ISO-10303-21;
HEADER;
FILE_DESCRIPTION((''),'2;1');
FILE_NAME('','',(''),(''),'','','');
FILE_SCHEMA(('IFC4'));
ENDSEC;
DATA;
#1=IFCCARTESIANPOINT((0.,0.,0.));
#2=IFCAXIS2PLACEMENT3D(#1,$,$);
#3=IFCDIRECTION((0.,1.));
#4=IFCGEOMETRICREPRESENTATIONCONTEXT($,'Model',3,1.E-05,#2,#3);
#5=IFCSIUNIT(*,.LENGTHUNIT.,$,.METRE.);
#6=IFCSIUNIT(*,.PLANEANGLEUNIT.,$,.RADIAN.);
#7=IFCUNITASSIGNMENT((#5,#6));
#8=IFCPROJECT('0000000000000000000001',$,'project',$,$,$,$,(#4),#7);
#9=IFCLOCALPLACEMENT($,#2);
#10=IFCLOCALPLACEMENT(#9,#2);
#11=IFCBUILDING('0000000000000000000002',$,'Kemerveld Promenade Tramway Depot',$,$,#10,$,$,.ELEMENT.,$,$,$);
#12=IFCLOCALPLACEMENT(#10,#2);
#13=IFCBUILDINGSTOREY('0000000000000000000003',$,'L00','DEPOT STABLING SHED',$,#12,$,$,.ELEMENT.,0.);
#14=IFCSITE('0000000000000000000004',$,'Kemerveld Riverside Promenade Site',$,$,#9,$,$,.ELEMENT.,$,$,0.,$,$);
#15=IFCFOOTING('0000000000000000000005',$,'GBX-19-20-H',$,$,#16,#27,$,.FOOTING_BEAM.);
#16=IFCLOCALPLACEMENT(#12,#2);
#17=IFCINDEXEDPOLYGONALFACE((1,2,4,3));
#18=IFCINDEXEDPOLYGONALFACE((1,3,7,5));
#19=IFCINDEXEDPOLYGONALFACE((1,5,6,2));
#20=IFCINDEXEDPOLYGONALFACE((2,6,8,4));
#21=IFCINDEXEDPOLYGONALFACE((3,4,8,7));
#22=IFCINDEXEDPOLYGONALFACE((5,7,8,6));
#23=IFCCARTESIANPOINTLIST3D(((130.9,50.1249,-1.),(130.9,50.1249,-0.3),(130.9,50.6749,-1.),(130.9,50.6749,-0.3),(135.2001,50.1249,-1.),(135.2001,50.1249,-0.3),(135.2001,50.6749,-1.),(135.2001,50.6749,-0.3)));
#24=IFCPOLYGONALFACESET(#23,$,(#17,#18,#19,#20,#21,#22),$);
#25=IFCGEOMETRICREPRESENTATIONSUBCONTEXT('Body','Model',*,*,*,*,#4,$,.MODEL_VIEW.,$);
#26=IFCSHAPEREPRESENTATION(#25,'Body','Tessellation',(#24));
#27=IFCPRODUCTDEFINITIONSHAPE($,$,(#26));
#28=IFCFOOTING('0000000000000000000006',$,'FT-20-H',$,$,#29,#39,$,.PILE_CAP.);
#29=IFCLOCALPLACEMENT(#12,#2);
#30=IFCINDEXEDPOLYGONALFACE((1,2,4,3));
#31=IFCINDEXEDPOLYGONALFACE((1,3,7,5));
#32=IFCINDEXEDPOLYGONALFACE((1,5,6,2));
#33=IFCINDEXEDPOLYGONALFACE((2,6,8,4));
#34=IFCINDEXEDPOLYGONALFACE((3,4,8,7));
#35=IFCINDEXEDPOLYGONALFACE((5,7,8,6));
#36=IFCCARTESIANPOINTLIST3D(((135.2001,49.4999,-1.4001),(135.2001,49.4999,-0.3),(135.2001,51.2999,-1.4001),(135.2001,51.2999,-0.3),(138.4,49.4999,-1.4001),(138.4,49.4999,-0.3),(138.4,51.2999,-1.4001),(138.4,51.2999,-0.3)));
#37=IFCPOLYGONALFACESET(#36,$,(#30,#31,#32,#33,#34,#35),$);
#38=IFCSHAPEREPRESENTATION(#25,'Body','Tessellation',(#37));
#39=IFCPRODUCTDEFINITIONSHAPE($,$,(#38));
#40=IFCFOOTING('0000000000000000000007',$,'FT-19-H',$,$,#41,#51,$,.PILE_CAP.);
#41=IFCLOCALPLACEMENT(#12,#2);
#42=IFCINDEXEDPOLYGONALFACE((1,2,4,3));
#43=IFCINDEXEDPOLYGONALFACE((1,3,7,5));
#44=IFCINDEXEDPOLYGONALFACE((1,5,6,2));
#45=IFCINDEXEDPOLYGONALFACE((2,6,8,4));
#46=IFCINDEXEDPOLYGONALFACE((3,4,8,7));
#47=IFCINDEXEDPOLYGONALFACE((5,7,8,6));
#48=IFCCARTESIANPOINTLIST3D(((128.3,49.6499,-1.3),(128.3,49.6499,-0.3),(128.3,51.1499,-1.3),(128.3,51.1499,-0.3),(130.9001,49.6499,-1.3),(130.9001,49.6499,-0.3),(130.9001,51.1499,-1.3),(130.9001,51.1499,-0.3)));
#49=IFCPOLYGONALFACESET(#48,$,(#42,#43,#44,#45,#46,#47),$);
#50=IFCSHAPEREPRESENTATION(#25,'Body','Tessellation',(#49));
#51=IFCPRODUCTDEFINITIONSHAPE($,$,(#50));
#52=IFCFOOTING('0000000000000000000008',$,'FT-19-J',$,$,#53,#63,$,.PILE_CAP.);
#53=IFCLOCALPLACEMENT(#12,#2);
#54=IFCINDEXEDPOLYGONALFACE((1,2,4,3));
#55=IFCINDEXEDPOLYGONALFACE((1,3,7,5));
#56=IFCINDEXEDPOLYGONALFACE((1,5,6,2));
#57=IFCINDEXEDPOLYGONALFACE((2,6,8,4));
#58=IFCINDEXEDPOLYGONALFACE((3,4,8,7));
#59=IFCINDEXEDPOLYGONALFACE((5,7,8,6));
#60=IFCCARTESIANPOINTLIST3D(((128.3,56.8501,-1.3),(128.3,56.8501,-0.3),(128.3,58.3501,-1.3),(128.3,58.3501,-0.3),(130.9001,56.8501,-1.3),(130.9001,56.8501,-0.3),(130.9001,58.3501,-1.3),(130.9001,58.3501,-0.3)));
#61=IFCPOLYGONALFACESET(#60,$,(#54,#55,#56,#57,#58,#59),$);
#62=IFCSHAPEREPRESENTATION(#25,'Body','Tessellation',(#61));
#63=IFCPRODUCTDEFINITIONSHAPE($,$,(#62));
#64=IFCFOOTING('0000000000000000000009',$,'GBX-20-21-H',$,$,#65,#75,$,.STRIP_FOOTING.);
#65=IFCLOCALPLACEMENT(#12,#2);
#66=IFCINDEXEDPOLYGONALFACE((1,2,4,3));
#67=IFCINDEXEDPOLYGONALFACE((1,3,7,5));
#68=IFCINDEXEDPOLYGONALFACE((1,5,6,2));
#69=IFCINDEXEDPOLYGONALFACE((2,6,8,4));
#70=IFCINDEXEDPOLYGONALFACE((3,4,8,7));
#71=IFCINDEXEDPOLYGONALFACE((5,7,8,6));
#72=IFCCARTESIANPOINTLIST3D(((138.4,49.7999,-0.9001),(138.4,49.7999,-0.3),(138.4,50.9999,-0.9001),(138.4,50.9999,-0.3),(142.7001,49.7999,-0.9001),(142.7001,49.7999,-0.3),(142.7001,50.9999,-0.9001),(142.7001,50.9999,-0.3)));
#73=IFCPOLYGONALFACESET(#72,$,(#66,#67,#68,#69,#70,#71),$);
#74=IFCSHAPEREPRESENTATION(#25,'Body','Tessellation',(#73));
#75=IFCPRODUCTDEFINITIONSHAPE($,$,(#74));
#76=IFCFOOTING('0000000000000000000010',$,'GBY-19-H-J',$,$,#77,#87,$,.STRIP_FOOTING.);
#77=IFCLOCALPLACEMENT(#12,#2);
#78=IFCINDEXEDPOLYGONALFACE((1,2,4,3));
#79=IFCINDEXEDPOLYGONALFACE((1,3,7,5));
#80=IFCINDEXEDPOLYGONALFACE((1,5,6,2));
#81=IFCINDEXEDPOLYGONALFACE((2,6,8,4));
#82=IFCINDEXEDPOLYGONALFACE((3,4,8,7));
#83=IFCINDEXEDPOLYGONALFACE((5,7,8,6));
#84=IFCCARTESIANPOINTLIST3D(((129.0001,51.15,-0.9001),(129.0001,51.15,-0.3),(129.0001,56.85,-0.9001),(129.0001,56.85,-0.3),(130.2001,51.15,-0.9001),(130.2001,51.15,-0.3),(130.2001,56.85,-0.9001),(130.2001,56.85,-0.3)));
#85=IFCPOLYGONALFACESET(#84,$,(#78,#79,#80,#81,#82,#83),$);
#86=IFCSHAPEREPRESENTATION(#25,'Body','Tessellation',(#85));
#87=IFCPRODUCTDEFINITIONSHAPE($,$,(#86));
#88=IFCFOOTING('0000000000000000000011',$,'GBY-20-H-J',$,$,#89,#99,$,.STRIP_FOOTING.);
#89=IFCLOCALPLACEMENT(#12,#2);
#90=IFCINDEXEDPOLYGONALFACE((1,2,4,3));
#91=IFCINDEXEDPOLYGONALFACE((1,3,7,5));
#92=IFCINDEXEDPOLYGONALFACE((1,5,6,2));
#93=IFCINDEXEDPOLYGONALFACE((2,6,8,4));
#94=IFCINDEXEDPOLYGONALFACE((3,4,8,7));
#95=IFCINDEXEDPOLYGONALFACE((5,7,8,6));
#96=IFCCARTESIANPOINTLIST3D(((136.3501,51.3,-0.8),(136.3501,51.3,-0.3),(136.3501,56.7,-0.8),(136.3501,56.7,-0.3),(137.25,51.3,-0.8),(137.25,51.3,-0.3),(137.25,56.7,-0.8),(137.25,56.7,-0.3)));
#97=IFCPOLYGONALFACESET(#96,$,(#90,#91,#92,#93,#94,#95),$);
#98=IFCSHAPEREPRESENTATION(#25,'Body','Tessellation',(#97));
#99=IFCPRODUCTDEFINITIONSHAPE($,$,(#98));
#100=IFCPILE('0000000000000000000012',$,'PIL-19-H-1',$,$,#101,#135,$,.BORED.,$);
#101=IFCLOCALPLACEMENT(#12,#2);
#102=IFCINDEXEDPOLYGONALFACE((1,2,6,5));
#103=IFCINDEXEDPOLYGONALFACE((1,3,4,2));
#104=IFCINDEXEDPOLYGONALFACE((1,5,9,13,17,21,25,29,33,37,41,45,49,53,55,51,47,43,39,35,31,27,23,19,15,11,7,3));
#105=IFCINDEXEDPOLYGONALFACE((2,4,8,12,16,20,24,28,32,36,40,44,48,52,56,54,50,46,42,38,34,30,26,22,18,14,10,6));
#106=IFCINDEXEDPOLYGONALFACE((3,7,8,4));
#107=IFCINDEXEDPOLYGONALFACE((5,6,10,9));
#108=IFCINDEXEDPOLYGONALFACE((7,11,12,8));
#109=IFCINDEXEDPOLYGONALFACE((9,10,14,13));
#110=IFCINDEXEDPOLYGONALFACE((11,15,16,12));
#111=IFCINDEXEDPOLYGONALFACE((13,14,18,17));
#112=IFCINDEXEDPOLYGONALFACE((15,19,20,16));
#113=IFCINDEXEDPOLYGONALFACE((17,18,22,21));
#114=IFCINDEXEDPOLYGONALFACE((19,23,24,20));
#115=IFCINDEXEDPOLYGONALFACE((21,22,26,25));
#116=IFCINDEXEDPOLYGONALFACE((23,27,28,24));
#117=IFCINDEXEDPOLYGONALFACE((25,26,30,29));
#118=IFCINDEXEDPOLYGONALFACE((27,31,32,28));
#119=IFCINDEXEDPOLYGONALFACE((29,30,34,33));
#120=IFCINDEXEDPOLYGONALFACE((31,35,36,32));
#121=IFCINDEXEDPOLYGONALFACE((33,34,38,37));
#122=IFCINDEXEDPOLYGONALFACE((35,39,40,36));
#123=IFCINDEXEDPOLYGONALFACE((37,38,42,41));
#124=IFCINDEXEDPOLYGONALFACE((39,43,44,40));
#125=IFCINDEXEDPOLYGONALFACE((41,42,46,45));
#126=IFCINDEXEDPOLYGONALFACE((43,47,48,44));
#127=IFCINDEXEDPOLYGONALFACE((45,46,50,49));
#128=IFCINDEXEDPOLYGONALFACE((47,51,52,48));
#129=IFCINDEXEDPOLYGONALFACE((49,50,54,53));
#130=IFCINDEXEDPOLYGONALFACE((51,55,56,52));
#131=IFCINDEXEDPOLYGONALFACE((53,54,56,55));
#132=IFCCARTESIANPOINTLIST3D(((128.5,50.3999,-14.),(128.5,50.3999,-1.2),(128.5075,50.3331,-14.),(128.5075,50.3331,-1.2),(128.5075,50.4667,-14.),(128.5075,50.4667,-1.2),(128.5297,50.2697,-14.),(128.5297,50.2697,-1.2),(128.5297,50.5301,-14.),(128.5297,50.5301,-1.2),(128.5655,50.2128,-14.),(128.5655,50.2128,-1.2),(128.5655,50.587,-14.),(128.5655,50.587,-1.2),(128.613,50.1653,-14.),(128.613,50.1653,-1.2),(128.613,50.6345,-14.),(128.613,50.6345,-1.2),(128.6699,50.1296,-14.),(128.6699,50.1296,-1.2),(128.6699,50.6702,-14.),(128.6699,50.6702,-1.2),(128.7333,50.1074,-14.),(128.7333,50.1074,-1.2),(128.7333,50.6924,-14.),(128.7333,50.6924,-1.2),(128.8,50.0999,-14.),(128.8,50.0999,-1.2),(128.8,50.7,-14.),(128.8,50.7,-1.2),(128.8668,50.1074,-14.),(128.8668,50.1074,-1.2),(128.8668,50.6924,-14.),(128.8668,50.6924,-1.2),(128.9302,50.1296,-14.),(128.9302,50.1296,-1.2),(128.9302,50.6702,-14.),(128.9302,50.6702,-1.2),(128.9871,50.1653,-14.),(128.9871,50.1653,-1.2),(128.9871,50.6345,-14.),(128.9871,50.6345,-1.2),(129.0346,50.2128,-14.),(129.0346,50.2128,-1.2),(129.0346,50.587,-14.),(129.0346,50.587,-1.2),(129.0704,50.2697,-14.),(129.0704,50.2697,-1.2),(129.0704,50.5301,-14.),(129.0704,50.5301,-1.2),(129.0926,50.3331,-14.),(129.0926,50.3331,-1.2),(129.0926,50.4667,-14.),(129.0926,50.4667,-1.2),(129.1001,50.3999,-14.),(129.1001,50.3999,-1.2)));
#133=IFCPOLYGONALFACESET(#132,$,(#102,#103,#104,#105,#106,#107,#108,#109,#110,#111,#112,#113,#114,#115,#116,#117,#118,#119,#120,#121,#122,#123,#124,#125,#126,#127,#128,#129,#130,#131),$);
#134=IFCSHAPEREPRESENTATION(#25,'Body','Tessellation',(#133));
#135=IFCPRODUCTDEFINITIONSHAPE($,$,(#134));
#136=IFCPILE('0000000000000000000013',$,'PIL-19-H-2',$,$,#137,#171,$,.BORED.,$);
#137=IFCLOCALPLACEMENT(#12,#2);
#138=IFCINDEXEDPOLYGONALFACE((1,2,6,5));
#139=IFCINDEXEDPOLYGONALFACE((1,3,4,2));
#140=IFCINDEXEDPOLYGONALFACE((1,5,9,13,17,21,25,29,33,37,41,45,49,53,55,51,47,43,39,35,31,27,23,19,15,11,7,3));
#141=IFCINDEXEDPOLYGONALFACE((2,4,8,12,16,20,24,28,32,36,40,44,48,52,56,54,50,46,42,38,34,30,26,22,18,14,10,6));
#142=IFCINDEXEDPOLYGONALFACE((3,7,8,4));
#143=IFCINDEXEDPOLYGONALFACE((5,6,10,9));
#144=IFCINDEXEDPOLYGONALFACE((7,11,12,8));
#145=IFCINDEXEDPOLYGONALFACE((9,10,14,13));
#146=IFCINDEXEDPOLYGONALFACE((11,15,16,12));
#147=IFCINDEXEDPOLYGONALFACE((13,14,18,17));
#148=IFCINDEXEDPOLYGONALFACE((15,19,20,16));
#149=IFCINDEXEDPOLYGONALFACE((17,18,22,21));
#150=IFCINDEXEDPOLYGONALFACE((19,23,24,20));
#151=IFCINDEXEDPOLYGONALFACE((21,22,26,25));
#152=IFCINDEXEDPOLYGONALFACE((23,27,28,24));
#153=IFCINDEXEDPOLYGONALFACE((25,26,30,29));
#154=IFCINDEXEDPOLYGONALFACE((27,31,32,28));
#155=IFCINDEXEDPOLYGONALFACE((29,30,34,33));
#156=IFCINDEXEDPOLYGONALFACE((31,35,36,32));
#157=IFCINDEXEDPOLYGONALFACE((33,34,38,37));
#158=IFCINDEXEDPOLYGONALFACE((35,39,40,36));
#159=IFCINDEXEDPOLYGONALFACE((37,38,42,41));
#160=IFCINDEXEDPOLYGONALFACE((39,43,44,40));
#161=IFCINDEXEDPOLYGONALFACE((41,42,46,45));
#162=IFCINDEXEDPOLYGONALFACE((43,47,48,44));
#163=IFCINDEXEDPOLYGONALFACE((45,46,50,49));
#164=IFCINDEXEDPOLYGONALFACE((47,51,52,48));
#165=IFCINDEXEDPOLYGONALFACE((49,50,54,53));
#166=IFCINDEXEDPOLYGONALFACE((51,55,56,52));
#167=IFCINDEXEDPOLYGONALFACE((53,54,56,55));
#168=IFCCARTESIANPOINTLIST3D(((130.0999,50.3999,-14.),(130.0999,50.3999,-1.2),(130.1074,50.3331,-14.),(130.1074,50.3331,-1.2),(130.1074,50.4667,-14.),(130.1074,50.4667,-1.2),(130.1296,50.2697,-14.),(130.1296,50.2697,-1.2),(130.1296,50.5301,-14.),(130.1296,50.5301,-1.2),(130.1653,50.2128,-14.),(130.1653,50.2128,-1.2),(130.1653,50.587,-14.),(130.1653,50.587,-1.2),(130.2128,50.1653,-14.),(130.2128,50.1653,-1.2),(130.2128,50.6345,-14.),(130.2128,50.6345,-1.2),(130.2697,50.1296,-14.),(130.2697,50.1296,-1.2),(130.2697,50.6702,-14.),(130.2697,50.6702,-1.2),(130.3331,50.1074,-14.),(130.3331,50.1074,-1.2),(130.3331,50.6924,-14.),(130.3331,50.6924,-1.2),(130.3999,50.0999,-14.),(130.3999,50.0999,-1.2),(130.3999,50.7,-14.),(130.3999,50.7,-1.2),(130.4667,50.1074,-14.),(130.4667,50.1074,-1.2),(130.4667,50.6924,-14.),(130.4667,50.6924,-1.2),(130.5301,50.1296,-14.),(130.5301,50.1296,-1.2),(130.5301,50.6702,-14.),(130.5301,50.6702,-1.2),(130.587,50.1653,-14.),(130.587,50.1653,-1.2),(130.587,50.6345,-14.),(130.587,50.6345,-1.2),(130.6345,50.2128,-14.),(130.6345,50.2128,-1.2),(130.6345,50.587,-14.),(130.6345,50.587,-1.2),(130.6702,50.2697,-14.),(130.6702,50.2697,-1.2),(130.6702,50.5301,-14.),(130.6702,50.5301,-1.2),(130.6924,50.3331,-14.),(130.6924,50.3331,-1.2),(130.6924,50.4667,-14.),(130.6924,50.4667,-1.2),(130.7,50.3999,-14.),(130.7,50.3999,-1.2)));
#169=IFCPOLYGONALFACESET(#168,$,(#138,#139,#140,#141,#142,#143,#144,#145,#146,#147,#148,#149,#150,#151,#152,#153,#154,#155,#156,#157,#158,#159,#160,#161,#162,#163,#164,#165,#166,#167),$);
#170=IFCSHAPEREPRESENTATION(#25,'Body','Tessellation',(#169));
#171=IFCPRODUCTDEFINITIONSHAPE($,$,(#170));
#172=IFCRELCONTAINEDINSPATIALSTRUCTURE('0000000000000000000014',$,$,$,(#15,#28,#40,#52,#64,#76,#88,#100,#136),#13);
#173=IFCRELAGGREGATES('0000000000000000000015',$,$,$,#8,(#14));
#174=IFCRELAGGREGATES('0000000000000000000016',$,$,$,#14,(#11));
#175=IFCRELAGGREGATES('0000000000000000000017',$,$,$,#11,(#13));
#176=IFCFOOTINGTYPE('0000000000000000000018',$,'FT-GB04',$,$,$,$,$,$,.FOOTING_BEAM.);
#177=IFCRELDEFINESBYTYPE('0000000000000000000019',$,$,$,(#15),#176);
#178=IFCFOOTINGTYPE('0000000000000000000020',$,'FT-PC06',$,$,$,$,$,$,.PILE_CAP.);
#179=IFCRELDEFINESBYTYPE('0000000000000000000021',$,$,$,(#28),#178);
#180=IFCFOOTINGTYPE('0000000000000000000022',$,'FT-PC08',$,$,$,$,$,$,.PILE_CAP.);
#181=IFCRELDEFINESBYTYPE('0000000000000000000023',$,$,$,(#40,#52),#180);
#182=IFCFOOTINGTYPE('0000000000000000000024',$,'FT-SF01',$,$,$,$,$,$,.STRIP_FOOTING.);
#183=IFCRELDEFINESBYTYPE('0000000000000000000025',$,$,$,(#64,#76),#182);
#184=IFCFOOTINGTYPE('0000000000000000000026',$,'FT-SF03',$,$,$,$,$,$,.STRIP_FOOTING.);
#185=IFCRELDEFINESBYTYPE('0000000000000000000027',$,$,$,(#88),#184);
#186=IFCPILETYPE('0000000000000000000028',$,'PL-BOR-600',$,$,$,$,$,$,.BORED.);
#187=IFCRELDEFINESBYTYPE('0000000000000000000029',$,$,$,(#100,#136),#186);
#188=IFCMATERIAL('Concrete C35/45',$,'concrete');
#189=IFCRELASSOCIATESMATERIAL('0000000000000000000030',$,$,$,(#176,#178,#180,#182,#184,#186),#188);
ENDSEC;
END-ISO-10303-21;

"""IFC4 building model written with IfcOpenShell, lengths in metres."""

from ifc_helpers import new_model, si_unit, direction, frame, origin, origin_2d, place, context, subcontext, project, spatial, rectangle, circle, extrude, material, material_profile, profile_set, type_object, element, save


model = new_model("IFC4")

# Units and contexts
model_context = context("Model", 3, precision=1e-05, world=origin(), true_north=direction((0.0, 1.0)))
body_context = subcontext(model_context, "Body", "Model", "MODEL_VIEW")
ifc_project = project(units=[si_unit("LENGTHUNIT", "METRE"), si_unit("PLANEANGLEUNIT", "RADIAN")], contexts=[model_context])

# Site, building, storey
site_placement = place(None, origin())
site = spatial("IfcSite", under=ifc_project, at=site_placement, Name="Kemerveld Riverside Promenade Site", CompositionType="ELEMENT", RefElevation=0.0)
building_placement = place(site_placement, origin())
building = spatial("IfcBuilding", under=site, at=building_placement, Name="Kemerveld Promenade Tramway Depot", CompositionType="ELEMENT")
storey_placement = place(building_placement, origin())
storey = spatial("IfcBuildingStorey", under=building, at=storey_placement, Name="L00", Description="DEPOT STABLING SHED", CompositionType="ELEMENT", Elevation=0.0)

# Footings
ifc_material_1 = material(Name="Concrete C35/45", Category="concrete")
footing_type_1 = type_object("IfcFootingType", Name="FT-GB04", PredefinedType="FOOTING_BEAM", material=ifc_material_1)
footing_1_placement = place(storey_placement, frame((133.05, 50.3999, -1.0), z_axis=(0.0, 0.0, 1.0), x_axis=(1.0, 0.0, 0.0)))
element("IfcFooting", 1, at=footing_1_placement, inside=storey, type_object=footing_type_1, Name="GBX-19-20-H", PredefinedType="FOOTING_BEAM", context=body_context, shape_type="SweptSolid", body=[
    extrude(rectangle(XDim=4.3, YDim=0.55, at=origin_2d()), origin(), (0.0, 0.0, 1.0), 0.7),
])
footing_type_2 = type_object("IfcFootingType", Name="FT-PC06", PredefinedType="PILE_CAP", material=ifc_material_1)
footing_2_placement = place(storey_placement, frame((136.8, 50.3999, -1.4001), z_axis=(0.0, 0.0, 1.0), x_axis=(1.0, 0.0, 0.0)))
element("IfcFooting", 2, at=footing_2_placement, inside=storey, type_object=footing_type_2, Name="FT-20-H", PredefinedType="PILE_CAP", context=body_context, shape_type="SweptSolid", body=[
    extrude(rectangle(XDim=3.2, YDim=1.8, at=origin_2d()), origin(), (0.0, 0.0, 1.0), 1.1001),
])
footing_type_3 = type_object("IfcFootingType", Name="FT-PC08", PredefinedType="PILE_CAP", material=ifc_material_1)
for number, where, z_axis, x_axis, name in (
    (3, (129.6001, 50.3999, -1.3), (0.0, 0.0, 1.0), (1.0, 0.0, 0.0), "FT-19-H"),
    (4, (129.6001, 57.6001, -1.3), (0.0, 0.0, 1.0), (1.0, 0.0, 0.0), "FT-19-J"),
):
    element("IfcFooting", number, at=place(storey_placement, frame(where, z_axis=z_axis, x_axis=x_axis)), inside=storey, type_object=footing_type_3, Name=name, PredefinedType="PILE_CAP", context=body_context, shape_type="SweptSolid", body=[
        extrude(rectangle(XDim=2.6001, YDim=1.5, at=origin_2d()), origin(), (0.0, 0.0, 1.0), 1.0),
    ])
footing_type_4 = type_object("IfcFootingType", Name="FT-SF01", PredefinedType="STRIP_FOOTING", material=ifc_material_1)
footing_3_placement = place(storey_placement, frame((140.55, 50.3999, -0.9001), z_axis=(0.0, 0.0, 1.0), x_axis=(1.0, 0.0, 0.0)))
element("IfcFooting", 5, at=footing_3_placement, inside=storey, type_object=footing_type_4, Name="GBX-20-21-H", PredefinedType="STRIP_FOOTING", context=body_context, shape_type="SweptSolid", body=[
    extrude(rectangle(XDim=4.3, YDim=1.2, at=origin_2d()), origin(), (0.0, 0.0, 1.0), 0.6001),
])
footing_4_placement = place(storey_placement, frame((129.6001, 54.0, -0.9001), z_axis=(0.0, 0.0, 1.0), x_axis=(0.0, 1.0, 0.0)))
element("IfcFooting", 6, at=footing_4_placement, inside=storey, type_object=footing_type_4, Name="GBY-19-H-J", PredefinedType="STRIP_FOOTING", context=body_context, shape_type="SweptSolid", body=[
    extrude(rectangle(XDim=5.7, YDim=1.2, at=origin_2d()), origin(), (0.0, 0.0, 1.0), 0.6001),
])
footing_type_5 = type_object("IfcFootingType", Name="FT-SF03", PredefinedType="STRIP_FOOTING", material=ifc_material_1)
footing_5_placement = place(storey_placement, frame((136.8, 54.0, -0.8), z_axis=(0.0, 0.0, 1.0), x_axis=(0.0, 1.0, 0.0)))
element("IfcFooting", 7, at=footing_5_placement, inside=storey, type_object=footing_type_5, Name="GBY-20-H-J", PredefinedType="STRIP_FOOTING", context=body_context, shape_type="SweptSolid", body=[
    extrude(rectangle(XDim=5.3999, YDim=0.8999, at=origin_2d()), origin(), (0.0, 0.0, 1.0), 0.5),
])

# Piles
ifc_material_profile_1 = material_profile(ifc_material_1, circle(Radius=0.3, at=origin_2d()), Name="PILE-D600")
ifc_profile_set_1 = profile_set([ifc_material_profile_1], Name="Concrete C35/45")
pile_type_1 = type_object("IfcPileType", Name="PL-BOR-600", PredefinedType="BORED", material=ifc_profile_set_1)
for number, where, z_axis, x_axis, name in (
    (8, (128.8, 50.3999, -1.2), (0.0, 0.0, -1.0), (1.0, 0.0, 0.0), "PIL-19-H-1"),
    (9, (130.3999, 50.3999, -1.2), (0.0, 0.0, -1.0), (1.0, 0.0, 0.0), "PIL-19-H-2"),
):
    element("IfcPile", number, at=place(storey_placement, frame(where, z_axis=z_axis, x_axis=x_axis)), inside=storey, type_object=pile_type_1, Name=name, PredefinedType="BORED", context=body_context, shape_type="SweptSolid", body=[
        extrude(circle(Radius=0.3, at=origin_2d()), origin(), (0.0, 0.0, 1.0), 12.8),
    ])

save(model, "model.ifc")
